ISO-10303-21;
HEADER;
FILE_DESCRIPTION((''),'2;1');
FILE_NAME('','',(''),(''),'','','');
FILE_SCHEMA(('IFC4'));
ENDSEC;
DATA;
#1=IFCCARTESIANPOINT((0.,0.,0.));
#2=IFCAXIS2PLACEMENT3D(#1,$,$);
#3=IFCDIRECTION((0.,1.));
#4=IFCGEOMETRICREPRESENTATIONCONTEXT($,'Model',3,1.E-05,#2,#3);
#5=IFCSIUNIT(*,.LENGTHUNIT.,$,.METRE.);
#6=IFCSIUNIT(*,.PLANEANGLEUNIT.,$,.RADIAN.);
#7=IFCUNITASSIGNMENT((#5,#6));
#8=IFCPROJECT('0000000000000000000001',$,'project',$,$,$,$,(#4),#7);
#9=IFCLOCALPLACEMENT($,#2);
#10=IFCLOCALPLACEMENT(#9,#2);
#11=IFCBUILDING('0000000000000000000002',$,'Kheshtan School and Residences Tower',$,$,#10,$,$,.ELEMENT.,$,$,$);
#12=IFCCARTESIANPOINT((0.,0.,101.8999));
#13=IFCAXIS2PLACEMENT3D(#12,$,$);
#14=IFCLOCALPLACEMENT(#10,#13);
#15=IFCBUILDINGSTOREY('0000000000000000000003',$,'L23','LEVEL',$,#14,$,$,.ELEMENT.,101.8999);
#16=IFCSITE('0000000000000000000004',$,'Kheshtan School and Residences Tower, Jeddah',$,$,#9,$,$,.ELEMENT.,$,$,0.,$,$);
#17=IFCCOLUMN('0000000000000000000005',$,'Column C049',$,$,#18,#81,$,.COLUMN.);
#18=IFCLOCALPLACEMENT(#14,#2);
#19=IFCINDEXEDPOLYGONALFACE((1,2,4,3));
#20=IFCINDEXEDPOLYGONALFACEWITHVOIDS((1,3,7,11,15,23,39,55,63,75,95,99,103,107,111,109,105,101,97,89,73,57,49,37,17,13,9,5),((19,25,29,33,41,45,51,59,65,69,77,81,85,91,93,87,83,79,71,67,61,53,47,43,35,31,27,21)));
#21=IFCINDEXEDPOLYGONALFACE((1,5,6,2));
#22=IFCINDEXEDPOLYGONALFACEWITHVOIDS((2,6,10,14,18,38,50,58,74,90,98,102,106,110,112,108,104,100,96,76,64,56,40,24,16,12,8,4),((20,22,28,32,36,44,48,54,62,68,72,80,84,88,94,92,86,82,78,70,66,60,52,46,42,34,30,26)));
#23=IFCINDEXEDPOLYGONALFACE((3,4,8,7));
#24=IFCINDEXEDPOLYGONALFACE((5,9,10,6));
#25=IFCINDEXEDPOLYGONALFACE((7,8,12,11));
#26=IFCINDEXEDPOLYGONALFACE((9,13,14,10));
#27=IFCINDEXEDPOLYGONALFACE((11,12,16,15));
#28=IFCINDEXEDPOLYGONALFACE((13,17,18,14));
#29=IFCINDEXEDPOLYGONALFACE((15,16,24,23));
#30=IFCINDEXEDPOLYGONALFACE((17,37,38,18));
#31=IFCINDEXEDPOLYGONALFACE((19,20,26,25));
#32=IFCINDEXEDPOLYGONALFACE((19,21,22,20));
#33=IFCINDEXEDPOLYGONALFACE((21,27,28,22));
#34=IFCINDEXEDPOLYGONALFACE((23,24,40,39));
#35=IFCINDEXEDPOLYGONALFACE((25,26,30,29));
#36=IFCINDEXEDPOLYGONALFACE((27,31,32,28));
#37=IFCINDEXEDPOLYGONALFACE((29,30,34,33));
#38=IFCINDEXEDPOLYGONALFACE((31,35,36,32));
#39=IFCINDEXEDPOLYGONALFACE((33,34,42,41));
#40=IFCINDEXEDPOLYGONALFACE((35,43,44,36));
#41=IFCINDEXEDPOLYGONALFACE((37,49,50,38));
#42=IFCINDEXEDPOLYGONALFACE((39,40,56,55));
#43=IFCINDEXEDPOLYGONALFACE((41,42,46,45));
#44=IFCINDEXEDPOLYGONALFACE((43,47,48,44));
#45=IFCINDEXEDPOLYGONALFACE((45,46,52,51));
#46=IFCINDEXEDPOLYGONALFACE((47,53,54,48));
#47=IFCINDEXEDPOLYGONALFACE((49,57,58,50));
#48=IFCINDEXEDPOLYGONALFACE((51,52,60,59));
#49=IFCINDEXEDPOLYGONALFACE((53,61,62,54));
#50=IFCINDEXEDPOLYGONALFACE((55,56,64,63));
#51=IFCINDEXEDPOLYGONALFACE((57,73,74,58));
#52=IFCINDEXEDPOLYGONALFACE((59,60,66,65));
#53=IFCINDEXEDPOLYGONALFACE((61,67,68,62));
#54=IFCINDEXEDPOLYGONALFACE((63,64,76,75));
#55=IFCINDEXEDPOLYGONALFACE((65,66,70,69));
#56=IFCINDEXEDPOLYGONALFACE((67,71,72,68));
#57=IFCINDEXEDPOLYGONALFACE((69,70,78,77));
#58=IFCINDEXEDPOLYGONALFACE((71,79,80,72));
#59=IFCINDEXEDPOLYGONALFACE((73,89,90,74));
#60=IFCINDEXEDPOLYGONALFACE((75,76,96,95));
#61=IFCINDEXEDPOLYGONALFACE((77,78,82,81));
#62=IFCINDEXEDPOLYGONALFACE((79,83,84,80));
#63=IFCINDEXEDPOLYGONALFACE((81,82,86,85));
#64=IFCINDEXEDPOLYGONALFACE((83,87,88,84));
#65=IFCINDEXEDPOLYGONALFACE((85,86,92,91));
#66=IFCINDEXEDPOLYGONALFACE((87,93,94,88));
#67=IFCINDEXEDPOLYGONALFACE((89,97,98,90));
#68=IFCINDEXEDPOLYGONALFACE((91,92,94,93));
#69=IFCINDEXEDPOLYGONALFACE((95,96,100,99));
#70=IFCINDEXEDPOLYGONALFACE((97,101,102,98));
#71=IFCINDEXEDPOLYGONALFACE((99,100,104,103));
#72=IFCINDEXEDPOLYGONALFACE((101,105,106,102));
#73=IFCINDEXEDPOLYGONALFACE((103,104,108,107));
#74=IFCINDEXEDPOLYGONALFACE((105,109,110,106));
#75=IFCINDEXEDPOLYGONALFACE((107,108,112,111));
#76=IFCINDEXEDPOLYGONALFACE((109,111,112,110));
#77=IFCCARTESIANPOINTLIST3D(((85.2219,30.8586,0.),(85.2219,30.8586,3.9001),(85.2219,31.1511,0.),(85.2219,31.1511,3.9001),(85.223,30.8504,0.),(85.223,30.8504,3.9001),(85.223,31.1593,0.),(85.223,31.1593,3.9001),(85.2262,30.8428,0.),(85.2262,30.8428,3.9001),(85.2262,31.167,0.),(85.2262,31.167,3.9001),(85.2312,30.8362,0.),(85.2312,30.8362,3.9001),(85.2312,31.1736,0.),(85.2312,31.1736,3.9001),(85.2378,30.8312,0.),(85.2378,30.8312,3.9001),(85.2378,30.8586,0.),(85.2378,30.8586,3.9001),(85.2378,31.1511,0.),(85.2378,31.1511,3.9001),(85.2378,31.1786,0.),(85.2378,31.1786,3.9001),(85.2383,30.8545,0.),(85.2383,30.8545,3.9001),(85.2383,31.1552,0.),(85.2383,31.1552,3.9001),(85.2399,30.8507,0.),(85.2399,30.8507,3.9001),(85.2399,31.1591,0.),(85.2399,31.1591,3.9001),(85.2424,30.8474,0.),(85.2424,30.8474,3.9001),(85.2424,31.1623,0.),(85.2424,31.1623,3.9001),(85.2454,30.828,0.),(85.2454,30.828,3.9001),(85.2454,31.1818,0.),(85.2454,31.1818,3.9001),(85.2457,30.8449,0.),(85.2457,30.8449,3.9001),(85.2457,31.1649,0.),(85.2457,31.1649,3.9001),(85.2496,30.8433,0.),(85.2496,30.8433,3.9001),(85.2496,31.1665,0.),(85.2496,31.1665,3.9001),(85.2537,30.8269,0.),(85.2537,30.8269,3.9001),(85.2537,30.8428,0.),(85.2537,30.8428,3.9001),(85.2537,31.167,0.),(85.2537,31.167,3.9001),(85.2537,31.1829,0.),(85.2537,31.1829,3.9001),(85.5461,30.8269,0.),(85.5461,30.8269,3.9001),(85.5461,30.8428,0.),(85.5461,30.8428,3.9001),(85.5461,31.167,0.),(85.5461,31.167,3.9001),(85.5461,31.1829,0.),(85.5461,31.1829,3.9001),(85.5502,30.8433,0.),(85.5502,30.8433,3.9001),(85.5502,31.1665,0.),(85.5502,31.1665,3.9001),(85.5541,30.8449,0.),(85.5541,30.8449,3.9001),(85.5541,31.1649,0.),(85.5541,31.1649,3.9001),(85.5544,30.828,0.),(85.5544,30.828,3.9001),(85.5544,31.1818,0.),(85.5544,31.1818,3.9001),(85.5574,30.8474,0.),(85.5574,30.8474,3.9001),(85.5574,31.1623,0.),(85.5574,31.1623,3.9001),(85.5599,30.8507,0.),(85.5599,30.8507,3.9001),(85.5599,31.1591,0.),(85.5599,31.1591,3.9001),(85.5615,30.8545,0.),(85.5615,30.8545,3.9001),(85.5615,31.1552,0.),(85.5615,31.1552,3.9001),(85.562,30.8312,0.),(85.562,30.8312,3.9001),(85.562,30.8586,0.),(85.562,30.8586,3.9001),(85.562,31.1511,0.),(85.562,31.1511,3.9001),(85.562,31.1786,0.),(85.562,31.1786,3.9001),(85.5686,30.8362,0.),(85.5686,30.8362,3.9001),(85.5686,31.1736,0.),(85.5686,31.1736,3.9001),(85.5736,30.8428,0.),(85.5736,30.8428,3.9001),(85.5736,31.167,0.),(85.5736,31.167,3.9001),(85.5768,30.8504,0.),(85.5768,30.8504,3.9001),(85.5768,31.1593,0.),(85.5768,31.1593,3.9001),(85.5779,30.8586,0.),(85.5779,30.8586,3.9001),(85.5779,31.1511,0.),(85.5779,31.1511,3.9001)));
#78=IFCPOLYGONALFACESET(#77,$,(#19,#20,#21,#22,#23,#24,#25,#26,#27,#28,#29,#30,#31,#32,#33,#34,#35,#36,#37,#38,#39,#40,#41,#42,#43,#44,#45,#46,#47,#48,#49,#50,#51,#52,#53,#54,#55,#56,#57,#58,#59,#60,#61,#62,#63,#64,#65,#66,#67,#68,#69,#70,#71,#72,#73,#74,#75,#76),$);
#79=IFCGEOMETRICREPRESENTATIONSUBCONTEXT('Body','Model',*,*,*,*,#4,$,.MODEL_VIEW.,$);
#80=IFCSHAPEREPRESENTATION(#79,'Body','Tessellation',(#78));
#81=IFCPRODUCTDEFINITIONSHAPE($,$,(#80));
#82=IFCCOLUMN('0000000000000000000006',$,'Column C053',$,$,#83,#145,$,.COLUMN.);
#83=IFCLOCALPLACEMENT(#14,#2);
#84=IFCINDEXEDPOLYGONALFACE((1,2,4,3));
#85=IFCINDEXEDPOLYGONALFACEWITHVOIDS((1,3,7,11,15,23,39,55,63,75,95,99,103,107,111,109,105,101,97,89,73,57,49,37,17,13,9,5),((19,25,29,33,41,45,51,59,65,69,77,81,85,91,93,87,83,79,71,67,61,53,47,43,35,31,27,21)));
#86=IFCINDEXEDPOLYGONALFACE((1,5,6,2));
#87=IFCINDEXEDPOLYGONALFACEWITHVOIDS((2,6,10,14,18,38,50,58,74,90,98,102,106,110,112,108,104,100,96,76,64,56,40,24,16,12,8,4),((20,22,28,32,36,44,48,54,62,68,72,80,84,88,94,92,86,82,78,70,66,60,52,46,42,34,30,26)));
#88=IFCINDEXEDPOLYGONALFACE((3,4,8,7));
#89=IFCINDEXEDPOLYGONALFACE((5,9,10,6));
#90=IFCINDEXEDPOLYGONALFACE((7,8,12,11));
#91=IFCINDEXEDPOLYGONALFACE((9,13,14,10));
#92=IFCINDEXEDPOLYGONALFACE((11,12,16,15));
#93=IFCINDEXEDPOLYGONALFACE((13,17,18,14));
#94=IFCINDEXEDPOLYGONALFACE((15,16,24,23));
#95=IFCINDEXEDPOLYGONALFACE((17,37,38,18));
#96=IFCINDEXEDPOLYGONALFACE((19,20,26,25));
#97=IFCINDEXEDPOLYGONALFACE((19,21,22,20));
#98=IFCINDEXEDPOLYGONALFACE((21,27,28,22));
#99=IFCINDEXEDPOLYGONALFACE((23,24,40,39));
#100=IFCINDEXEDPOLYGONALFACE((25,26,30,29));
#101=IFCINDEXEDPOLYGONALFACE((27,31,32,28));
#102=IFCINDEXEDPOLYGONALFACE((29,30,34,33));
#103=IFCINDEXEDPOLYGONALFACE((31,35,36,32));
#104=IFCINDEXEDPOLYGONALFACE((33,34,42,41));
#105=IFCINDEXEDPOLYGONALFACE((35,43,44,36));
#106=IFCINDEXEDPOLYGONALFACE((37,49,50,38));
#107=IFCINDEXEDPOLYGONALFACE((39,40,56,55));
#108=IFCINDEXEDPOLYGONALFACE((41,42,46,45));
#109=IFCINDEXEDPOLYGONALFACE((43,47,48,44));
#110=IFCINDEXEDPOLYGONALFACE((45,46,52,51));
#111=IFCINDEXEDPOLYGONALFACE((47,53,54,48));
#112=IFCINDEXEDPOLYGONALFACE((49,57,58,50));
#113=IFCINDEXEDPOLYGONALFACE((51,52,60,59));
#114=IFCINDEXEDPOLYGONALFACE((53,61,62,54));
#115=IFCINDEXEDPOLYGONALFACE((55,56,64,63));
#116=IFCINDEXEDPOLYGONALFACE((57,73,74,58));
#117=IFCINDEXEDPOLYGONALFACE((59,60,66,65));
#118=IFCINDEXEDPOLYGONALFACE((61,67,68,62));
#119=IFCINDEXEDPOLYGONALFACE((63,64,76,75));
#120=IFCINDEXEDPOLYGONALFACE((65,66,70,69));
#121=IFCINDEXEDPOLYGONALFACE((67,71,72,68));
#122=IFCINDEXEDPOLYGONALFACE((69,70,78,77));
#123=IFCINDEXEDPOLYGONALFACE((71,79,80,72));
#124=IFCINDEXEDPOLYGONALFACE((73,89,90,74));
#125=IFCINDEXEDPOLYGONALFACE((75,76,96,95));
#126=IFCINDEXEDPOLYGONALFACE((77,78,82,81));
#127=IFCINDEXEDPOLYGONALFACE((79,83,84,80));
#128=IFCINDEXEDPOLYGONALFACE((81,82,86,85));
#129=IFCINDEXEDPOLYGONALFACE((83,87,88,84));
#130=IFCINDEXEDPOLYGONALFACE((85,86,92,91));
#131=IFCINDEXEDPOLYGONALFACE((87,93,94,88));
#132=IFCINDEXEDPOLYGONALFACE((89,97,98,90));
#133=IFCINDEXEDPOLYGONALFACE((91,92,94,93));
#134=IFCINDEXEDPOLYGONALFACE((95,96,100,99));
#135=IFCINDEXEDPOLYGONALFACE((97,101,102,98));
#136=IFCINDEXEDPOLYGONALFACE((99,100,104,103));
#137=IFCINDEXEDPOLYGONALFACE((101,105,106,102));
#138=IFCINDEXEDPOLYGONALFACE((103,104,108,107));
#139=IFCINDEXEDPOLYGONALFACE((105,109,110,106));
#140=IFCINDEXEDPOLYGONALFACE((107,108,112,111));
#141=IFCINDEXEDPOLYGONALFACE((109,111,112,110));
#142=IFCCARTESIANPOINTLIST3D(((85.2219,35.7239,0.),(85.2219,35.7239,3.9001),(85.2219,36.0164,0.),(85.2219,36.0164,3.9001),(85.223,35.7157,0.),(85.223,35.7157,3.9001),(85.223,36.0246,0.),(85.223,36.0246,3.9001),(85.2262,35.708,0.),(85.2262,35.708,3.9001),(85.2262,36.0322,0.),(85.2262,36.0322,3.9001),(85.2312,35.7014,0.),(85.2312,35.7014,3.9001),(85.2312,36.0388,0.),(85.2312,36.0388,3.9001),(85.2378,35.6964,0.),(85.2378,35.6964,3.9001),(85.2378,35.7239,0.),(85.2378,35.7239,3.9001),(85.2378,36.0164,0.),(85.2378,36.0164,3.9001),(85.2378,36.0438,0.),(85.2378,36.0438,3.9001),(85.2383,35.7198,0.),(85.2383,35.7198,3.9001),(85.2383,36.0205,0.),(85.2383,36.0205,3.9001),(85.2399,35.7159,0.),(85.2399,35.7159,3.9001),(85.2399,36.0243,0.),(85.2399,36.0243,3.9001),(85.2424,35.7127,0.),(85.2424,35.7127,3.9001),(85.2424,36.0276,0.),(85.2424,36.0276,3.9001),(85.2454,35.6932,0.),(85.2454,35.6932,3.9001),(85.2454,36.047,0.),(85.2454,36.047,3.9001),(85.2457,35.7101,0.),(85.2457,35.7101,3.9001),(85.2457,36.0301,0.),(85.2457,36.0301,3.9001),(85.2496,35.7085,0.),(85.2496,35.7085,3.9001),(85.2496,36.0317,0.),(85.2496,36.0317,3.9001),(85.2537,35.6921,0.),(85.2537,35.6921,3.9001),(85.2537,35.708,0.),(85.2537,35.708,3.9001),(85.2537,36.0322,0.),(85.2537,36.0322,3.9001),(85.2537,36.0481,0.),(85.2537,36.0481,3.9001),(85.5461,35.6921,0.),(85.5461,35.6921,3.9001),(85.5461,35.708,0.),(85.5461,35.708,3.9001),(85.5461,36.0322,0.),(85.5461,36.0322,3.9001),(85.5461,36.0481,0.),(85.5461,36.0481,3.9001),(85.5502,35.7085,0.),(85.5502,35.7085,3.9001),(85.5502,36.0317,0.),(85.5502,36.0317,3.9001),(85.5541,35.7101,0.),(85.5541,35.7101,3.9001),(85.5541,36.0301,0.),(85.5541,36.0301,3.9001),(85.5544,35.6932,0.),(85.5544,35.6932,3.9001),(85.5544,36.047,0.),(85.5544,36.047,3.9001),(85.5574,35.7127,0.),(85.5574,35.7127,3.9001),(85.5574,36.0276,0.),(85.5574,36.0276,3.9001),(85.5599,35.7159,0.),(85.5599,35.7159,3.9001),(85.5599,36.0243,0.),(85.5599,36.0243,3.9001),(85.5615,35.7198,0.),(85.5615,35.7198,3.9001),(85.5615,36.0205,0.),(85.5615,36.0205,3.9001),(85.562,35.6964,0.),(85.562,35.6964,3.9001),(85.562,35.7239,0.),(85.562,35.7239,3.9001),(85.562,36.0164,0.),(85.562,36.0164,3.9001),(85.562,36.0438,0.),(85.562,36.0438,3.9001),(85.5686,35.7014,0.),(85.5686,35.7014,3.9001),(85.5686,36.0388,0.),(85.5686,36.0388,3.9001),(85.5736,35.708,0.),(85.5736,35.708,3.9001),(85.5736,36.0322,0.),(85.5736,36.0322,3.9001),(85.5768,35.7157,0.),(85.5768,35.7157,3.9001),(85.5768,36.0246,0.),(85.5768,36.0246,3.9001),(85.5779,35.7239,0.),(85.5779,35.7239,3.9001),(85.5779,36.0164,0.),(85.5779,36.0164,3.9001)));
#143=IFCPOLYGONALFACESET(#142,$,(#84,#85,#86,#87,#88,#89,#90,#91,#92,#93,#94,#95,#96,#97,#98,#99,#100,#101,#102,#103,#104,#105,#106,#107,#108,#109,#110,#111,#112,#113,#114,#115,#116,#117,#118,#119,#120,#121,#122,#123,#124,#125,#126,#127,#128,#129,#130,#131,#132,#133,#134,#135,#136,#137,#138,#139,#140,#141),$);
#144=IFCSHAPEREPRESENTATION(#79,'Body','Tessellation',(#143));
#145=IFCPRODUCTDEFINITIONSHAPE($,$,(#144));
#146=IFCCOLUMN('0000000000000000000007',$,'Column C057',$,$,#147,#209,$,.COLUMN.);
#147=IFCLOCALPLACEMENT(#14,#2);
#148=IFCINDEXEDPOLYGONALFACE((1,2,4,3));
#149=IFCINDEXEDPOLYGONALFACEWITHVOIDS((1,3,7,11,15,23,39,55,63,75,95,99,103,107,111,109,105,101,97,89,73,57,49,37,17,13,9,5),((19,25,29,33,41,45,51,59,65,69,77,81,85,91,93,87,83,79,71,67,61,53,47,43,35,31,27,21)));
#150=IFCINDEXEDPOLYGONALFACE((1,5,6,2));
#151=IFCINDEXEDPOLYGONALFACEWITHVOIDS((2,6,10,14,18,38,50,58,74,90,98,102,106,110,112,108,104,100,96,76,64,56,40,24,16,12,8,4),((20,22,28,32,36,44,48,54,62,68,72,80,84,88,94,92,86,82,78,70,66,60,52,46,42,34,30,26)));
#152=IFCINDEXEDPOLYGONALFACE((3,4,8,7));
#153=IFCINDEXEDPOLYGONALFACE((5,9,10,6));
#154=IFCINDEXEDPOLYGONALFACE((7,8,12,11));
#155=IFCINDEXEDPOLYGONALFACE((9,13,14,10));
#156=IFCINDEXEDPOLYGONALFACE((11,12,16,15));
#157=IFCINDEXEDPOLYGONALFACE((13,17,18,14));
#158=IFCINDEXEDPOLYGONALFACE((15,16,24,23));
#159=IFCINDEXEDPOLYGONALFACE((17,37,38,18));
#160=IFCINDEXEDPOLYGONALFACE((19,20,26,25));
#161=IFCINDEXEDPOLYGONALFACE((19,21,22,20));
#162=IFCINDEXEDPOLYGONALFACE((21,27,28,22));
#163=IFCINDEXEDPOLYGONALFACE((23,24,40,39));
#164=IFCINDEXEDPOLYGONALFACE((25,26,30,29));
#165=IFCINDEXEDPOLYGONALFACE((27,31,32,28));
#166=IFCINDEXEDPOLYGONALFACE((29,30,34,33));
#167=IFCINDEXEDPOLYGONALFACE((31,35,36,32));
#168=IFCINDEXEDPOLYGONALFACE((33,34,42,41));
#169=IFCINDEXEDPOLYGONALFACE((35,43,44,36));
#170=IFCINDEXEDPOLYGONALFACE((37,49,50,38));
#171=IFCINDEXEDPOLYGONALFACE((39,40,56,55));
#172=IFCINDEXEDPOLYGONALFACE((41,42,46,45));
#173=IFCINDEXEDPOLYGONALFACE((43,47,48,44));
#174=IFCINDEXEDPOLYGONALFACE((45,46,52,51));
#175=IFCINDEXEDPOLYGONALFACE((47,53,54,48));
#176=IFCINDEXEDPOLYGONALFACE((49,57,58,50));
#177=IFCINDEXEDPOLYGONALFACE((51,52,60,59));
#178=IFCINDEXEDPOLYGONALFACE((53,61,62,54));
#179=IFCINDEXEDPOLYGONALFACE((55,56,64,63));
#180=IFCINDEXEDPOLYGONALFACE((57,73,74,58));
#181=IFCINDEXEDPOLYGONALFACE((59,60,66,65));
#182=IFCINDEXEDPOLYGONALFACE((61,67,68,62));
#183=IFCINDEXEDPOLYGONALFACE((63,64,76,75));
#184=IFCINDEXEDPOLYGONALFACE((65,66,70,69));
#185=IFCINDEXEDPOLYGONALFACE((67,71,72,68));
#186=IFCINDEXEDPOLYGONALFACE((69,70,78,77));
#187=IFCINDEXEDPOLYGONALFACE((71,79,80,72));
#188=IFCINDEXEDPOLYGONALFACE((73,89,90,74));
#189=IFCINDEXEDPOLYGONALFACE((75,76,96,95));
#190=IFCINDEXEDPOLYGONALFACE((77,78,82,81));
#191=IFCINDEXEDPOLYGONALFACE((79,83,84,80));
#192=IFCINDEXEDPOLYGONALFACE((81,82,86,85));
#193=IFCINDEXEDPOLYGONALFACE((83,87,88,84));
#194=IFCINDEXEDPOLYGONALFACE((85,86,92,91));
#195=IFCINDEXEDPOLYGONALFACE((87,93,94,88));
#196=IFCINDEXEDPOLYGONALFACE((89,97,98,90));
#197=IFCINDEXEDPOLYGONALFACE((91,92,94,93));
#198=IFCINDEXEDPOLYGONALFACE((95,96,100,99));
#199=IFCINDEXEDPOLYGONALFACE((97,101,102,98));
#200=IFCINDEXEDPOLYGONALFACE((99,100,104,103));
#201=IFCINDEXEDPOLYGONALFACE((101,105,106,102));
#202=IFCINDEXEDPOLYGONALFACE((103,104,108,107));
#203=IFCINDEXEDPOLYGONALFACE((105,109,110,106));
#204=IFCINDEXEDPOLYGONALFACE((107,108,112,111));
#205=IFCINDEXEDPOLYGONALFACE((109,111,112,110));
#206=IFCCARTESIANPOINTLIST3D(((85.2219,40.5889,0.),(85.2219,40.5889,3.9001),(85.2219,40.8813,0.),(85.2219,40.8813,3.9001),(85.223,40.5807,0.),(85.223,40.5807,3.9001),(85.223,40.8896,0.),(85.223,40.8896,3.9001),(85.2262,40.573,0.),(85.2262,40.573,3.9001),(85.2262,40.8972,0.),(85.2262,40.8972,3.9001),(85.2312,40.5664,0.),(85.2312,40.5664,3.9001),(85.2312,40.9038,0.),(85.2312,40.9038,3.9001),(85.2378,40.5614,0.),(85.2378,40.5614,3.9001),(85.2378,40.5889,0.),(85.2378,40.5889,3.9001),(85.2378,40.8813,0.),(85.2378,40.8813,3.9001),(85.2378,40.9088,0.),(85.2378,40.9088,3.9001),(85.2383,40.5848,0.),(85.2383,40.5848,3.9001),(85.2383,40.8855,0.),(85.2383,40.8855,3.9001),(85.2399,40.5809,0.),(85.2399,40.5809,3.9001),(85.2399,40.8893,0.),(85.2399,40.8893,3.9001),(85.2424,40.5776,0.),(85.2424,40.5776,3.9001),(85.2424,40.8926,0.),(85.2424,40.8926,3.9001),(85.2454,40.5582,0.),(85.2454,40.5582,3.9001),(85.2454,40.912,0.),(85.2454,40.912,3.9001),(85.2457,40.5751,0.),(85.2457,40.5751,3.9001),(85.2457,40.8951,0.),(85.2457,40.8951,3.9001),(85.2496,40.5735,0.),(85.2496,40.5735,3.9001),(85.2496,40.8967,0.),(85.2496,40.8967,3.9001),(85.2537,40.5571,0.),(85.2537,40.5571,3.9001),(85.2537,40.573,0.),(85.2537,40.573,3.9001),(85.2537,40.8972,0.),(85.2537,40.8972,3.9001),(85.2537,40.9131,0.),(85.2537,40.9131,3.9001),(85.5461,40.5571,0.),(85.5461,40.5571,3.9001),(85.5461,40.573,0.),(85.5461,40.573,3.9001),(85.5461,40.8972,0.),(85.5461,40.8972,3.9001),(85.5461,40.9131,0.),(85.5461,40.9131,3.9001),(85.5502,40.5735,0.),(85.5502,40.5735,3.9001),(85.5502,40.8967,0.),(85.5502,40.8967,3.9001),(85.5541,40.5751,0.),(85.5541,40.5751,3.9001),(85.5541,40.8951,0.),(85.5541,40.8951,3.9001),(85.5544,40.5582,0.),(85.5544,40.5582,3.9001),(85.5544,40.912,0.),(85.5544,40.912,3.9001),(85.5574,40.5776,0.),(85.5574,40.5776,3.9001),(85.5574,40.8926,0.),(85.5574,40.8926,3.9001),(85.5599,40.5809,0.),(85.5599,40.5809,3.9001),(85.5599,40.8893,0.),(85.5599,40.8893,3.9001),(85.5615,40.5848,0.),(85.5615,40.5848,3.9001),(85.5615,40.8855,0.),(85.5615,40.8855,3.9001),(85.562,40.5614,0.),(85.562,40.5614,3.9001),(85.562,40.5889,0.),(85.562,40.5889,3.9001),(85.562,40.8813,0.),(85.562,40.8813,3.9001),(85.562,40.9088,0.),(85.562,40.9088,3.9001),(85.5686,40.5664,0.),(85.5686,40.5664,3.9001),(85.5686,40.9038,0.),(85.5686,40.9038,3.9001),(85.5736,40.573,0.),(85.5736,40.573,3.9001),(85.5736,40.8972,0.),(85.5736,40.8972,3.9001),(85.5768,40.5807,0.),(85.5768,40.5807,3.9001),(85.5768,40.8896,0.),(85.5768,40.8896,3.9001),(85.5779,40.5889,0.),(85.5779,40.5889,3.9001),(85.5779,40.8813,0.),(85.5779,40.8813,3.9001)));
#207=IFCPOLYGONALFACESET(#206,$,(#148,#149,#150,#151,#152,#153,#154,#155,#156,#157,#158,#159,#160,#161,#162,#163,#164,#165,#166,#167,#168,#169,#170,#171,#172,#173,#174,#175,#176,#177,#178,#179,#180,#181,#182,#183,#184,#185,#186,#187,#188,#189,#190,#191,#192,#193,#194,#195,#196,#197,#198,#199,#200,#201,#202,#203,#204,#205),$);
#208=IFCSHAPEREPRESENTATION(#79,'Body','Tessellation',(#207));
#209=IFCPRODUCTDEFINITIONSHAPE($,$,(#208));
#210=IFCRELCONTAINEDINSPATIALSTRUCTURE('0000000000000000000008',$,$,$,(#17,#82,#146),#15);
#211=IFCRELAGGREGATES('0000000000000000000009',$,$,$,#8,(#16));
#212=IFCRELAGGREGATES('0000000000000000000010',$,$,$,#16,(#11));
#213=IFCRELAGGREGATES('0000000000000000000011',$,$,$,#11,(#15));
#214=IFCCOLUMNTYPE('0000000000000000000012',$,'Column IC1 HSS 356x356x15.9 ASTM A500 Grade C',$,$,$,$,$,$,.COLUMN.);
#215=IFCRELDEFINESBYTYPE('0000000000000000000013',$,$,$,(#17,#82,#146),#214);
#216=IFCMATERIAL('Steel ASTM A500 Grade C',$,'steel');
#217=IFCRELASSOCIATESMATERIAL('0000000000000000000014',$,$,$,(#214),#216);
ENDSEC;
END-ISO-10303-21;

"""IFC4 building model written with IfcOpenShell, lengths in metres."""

from ifc_helpers import new_model, si_unit, direction, frame, origin, origin_2d, place, context, subcontext, project, spatial, hollow_rectangle, extrude, material, material_profile, profile_set, type_object, element, save


model = new_model("IFC4")

# Units and contexts
model_context = context("Model", 3, precision=1e-05, world=origin(), true_north=direction((0.0, 1.0)))
body_context = subcontext(model_context, "Body", "Model", "MODEL_VIEW")
ifc_project = project(units=[si_unit("LENGTHUNIT", "METRE"), si_unit("PLANEANGLEUNIT", "RADIAN")], contexts=[model_context])

# Site, building, storey
site_placement = place(None, origin())
site = spatial("IfcSite", under=ifc_project, at=site_placement, Name="Kheshtan School and Residences Tower, Jeddah", CompositionType="ELEMENT", RefElevation=0.0)
building_placement = place(site_placement, origin())
building = spatial("IfcBuilding", under=site, at=building_placement, Name="Kheshtan School and Residences Tower", CompositionType="ELEMENT")
storey_placement = place(building_placement, frame((0.0, 0.0, 101.8999)))
storey = spatial("IfcBuildingStorey", under=building, at=storey_placement, Name="L23", Description="LEVEL", CompositionType="ELEMENT", Elevation=101.8999)

# Columns
ifc_material_1 = material(Name="Steel ASTM A500 Grade C", Category="steel")
ifc_material_profile_1 = material_profile(ifc_material_1, hollow_rectangle(XDim=0.356, YDim=0.356, WallThickness=0.0159, InnerFilletRadius=0.0159, OuterFilletRadius=0.0317, at=origin_2d()), Name="HSS 356x356x15.9")
ifc_profile_set_1 = profile_set([ifc_material_profile_1], Name="Steel ASTM A500 Grade C")
column_type = type_object("IfcColumnType", Name="Column IC1 HSS 356x356x15.9 ASTM A500 Grade C", PredefinedType="COLUMN", material=ifc_profile_set_1)
for number, where, z_axis, x_axis, name in (
    (1, (85.3999, 31.0049, 0.0), (0.0, 0.0, 1.0), (1.0, 0.0, 0.0), "Column C049"),
    (2, (85.3999, 35.8701, 0.0), (0.0, 0.0, 1.0), (1.0, 0.0, 0.0), "Column C053"),
    (3, (85.3999, 40.7351, 0.0), (0.0, 0.0, 1.0), (1.0, 0.0, 0.0), "Column C057"),
):
    element("IfcColumn", number, at=place(storey_placement, frame(where, z_axis=z_axis, x_axis=x_axis)), inside=storey, type_object=column_type, Name=name, PredefinedType="COLUMN", context=body_context, shape_type="SweptSolid", body=[
        extrude(hollow_rectangle(XDim=0.356, YDim=0.356, WallThickness=0.0159, InnerFilletRadius=0.0159, OuterFilletRadius=0.0317, at=origin_2d()), origin(), (0.0, 0.0, 1.0), 3.9001),
    ])

save(model, "model.ifc")
